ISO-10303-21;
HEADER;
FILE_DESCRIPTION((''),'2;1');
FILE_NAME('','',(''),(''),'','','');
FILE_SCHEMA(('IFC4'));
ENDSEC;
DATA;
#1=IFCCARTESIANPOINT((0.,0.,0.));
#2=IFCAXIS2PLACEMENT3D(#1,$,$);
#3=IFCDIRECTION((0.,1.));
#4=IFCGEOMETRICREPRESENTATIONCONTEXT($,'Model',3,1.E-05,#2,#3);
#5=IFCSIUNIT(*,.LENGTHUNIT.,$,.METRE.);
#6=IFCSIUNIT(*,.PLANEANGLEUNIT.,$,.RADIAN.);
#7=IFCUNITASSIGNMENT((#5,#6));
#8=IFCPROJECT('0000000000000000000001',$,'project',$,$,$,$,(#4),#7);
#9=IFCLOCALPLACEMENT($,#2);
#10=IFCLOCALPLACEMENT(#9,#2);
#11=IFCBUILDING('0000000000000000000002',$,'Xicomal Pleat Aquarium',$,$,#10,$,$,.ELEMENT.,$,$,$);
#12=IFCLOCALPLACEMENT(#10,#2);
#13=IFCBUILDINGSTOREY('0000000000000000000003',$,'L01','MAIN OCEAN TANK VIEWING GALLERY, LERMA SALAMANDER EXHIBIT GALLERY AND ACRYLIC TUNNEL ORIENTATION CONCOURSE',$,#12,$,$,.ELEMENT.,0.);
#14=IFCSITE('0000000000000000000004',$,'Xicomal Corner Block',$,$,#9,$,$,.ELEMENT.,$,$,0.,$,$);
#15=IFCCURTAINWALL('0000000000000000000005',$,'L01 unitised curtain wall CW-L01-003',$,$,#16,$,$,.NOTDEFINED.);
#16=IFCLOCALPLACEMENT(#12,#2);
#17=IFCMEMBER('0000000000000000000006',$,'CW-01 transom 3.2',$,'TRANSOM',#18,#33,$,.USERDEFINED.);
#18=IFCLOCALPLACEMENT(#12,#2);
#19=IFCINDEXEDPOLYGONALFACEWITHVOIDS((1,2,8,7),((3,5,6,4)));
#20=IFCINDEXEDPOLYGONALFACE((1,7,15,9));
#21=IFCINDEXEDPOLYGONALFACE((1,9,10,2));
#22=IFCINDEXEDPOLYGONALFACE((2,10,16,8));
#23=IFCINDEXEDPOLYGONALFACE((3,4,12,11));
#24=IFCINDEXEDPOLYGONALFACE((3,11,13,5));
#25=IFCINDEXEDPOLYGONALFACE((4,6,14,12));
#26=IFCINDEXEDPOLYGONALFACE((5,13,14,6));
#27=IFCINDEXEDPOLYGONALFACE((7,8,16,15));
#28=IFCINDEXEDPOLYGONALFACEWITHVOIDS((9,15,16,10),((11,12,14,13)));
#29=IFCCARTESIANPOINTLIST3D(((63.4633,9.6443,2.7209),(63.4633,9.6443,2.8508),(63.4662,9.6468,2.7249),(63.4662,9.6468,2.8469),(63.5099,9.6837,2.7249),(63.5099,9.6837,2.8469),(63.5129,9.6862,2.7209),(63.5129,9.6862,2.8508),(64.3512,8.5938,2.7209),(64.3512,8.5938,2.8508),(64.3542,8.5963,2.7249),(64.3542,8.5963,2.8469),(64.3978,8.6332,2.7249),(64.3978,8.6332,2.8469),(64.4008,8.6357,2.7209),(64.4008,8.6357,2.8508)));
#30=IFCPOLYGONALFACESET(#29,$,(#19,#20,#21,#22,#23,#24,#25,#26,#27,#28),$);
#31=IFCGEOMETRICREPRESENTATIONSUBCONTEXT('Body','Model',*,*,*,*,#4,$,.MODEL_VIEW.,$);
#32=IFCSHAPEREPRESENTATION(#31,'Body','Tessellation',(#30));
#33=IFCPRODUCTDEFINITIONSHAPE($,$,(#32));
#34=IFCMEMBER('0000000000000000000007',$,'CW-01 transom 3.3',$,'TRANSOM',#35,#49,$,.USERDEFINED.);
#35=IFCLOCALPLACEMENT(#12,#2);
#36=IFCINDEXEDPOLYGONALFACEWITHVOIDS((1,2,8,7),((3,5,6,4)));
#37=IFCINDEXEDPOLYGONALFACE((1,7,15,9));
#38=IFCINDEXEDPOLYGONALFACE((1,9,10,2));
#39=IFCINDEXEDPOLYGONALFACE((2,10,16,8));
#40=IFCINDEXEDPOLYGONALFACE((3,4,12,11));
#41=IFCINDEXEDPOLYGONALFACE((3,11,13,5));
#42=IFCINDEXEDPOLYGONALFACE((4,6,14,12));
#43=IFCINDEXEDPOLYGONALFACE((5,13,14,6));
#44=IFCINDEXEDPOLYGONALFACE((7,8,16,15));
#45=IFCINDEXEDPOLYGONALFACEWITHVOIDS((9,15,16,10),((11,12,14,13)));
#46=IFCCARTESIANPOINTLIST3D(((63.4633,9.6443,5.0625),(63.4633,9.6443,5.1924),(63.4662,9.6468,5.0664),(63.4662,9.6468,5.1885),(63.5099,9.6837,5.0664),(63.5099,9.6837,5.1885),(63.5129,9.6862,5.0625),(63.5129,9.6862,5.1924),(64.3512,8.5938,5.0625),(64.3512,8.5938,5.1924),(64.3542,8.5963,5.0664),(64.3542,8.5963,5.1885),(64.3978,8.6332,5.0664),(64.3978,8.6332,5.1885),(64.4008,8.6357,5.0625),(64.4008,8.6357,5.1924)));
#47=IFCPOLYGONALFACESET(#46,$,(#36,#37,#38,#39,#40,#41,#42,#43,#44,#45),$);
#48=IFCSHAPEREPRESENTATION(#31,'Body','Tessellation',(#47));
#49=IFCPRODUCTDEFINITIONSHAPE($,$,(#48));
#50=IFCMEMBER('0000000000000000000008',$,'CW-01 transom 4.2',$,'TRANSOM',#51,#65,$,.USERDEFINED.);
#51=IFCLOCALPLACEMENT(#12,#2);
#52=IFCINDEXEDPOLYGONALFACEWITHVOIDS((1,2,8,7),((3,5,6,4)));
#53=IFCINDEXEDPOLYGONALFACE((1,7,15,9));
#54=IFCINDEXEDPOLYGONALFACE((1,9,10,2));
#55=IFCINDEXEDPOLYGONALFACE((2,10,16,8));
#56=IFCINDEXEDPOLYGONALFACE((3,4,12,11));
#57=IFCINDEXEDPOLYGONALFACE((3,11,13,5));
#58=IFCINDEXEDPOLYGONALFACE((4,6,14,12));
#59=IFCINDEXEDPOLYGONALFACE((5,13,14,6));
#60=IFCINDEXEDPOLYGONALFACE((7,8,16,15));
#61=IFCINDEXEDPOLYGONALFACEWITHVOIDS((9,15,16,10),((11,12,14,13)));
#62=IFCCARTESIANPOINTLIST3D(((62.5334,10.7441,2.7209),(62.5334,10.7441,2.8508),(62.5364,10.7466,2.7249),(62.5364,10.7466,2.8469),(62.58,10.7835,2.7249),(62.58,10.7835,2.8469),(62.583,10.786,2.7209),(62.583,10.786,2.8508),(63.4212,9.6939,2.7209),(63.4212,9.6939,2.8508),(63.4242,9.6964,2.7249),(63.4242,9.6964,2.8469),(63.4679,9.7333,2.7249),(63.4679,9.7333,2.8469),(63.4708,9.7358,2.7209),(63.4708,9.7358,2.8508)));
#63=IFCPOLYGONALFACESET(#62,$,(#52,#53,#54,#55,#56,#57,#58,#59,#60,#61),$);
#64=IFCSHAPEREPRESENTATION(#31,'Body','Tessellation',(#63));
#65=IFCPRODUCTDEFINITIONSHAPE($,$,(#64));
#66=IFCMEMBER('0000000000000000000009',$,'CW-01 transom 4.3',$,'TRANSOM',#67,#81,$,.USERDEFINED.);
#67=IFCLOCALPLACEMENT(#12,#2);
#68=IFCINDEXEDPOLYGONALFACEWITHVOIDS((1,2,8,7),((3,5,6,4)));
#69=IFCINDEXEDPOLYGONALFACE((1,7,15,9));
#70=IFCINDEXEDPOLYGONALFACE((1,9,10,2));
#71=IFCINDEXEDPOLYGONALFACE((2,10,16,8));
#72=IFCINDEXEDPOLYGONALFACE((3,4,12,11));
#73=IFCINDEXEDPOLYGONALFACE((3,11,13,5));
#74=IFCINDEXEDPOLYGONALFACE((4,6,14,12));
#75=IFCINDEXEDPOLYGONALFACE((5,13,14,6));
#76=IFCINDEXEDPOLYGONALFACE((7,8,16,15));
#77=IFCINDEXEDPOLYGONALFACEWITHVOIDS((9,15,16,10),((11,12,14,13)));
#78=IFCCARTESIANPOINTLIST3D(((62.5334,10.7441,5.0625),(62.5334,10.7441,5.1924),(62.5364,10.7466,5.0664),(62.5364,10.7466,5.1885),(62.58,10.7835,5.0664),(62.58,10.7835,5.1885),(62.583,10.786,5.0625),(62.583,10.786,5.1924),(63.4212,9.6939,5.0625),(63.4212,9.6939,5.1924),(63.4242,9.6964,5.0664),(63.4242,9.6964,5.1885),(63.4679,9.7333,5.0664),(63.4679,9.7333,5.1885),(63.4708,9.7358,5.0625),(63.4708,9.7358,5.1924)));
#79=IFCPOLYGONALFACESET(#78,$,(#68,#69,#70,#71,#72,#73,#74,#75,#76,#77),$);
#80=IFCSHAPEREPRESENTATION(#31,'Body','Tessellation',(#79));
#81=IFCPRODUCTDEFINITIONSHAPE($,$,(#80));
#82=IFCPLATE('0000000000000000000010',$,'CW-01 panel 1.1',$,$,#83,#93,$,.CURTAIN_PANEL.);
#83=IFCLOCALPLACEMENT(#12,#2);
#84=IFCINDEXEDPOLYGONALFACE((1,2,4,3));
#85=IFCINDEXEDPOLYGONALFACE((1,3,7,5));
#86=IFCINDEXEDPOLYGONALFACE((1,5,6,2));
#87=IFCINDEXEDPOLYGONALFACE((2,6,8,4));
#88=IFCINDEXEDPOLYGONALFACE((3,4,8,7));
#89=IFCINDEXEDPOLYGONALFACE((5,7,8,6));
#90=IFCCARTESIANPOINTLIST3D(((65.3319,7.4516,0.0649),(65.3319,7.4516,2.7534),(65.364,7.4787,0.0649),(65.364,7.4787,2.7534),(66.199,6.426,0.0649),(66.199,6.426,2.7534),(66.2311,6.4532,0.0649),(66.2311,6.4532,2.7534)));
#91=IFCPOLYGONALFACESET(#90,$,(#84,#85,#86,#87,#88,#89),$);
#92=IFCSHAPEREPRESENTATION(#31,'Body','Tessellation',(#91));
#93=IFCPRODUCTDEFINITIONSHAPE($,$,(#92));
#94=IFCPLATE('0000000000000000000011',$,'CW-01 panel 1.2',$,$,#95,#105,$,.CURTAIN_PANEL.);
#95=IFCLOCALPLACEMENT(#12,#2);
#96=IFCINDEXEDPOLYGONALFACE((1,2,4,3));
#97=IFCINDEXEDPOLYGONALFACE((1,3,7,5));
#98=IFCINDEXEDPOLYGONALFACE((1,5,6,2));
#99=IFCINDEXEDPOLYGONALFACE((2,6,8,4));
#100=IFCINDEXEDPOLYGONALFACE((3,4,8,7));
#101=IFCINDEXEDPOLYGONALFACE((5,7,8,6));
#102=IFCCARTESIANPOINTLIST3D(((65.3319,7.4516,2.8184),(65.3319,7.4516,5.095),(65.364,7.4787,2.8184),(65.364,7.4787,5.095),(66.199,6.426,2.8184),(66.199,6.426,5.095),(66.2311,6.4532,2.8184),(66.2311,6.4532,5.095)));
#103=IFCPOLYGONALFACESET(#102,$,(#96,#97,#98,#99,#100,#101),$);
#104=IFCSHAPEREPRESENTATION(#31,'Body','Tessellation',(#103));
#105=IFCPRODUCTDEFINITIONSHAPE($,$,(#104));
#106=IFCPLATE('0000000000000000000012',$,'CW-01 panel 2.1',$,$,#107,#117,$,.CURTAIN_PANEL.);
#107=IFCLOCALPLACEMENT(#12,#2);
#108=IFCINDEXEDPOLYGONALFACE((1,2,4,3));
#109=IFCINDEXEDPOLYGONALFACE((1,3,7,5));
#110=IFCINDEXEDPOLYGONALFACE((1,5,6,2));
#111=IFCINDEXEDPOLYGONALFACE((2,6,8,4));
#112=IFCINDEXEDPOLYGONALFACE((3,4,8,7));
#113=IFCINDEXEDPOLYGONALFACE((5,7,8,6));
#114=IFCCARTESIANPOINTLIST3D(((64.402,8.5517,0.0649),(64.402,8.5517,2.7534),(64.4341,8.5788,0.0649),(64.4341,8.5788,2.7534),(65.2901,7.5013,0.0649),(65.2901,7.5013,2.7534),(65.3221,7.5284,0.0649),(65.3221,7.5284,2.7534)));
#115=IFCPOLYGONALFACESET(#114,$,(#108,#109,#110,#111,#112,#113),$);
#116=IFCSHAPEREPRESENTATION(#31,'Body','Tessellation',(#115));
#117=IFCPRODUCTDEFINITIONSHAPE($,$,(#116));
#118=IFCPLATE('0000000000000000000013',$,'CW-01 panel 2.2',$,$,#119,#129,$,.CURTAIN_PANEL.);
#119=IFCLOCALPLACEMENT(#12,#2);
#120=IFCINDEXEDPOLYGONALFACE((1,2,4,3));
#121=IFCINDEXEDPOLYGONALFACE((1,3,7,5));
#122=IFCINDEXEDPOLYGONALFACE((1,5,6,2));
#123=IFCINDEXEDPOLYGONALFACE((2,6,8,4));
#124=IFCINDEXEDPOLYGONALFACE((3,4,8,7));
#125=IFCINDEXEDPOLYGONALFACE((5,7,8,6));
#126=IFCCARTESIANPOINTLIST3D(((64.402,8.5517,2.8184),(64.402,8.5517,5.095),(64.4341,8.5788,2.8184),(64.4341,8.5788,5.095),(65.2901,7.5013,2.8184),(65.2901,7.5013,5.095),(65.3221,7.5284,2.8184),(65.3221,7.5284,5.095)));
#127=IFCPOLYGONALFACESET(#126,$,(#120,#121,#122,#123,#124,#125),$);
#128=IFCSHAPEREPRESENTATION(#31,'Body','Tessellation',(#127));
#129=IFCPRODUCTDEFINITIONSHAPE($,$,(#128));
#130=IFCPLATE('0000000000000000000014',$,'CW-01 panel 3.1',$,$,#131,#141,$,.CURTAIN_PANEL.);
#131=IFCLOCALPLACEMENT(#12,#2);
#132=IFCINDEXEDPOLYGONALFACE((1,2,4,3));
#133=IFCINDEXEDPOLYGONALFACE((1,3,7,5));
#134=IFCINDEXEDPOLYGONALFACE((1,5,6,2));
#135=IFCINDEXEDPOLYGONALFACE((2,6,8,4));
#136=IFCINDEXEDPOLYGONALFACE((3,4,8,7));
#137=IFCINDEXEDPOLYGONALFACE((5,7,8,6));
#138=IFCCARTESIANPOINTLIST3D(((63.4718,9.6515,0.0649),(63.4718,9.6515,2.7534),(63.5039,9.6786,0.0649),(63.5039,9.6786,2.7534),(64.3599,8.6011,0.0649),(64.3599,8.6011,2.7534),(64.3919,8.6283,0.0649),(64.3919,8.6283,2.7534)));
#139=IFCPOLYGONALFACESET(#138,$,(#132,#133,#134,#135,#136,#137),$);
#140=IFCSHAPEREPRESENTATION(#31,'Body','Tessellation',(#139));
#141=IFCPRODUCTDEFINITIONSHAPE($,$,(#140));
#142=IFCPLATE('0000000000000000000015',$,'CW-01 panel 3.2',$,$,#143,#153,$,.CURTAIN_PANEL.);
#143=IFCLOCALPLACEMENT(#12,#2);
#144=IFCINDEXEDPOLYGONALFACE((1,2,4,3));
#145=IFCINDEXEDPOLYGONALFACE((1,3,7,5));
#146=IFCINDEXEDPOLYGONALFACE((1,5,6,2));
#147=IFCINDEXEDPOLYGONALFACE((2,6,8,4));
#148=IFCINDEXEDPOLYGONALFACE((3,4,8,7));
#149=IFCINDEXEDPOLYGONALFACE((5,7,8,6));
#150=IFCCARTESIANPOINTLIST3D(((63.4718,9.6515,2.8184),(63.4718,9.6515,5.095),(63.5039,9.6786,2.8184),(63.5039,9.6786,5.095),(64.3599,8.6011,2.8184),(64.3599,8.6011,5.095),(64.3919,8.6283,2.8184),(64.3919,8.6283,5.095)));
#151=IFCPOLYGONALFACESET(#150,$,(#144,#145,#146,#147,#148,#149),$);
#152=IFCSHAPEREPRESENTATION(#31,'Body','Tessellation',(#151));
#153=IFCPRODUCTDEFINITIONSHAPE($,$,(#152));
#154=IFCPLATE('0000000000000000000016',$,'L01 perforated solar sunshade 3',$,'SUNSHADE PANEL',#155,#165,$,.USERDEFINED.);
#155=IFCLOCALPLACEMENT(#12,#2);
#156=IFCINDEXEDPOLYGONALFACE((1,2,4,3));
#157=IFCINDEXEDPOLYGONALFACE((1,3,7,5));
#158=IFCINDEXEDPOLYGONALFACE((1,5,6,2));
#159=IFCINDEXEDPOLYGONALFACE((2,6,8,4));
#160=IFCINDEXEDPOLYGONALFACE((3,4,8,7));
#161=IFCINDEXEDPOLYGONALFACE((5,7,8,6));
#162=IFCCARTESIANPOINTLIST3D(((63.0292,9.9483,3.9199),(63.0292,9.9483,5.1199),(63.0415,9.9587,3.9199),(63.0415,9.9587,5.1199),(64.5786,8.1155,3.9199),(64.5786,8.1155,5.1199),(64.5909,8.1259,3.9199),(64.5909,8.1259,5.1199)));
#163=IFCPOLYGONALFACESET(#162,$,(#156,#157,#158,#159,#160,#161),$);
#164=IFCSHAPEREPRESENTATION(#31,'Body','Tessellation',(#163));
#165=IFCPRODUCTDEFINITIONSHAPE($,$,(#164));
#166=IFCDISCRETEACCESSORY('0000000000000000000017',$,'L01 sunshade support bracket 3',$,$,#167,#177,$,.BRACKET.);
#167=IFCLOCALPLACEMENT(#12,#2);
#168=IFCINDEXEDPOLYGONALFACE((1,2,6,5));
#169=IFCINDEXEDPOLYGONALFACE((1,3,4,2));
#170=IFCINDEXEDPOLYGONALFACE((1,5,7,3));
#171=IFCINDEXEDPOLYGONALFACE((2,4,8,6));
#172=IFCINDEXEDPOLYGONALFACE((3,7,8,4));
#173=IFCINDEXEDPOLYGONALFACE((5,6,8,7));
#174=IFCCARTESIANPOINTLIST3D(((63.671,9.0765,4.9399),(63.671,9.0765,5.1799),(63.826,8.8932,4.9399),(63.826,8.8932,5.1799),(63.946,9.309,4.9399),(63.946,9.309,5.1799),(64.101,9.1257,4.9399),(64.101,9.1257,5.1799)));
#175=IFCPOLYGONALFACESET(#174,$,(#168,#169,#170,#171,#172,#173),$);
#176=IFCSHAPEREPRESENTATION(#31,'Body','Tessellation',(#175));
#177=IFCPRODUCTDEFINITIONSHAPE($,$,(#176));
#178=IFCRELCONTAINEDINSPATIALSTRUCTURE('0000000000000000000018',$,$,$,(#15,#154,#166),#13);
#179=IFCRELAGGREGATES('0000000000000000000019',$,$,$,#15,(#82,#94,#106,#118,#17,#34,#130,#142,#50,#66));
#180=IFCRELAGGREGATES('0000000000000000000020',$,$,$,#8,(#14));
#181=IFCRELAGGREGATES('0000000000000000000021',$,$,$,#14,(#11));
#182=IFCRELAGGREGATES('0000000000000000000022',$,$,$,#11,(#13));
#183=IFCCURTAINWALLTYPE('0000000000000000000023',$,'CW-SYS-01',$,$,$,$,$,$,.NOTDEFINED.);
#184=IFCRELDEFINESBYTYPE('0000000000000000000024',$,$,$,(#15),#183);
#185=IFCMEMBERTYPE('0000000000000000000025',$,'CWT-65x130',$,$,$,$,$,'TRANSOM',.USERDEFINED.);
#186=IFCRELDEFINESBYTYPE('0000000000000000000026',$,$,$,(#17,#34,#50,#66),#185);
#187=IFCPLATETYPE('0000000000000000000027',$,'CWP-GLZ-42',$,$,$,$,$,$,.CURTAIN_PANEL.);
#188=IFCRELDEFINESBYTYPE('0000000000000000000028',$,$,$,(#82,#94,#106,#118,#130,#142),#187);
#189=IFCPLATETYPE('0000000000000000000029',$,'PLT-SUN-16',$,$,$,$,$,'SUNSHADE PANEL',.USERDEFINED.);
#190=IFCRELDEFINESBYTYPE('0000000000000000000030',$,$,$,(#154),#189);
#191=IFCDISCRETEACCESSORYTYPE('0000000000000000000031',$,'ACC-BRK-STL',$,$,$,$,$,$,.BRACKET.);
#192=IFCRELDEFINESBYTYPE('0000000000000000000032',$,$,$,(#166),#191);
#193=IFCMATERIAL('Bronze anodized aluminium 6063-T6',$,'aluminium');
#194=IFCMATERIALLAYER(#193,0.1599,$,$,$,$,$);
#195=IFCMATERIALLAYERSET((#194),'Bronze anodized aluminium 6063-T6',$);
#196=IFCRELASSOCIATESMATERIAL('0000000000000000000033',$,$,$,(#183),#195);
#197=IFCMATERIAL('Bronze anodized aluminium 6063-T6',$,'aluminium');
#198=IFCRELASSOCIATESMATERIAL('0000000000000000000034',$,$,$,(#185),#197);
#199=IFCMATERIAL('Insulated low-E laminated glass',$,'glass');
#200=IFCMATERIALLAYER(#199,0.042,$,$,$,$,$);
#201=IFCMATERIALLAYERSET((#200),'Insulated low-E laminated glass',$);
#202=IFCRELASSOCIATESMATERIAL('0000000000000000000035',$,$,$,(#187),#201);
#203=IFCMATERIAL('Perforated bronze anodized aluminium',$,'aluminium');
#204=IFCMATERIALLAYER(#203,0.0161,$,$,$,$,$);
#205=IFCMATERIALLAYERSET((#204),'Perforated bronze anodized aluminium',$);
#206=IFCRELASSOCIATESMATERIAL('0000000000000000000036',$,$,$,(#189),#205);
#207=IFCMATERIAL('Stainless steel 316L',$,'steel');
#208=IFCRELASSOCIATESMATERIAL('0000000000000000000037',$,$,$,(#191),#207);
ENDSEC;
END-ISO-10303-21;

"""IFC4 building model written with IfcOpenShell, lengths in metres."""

from ifc_helpers import new_model, si_unit, direction, frame, origin, origin_2d, place, context, subcontext, project, spatial, rectangle, hollow_rectangle, extrude, material, layer, layer_set, material_profile, profile_set, type_object, element, aggregate, save


model = new_model("IFC4")

# Units and contexts
model_context = context("Model", 3, precision=1e-05, world=origin(), true_north=direction((0.0, 1.0)))
body_context = subcontext(model_context, "Body", "Model", "MODEL_VIEW")
ifc_project = project(units=[si_unit("LENGTHUNIT", "METRE"), si_unit("PLANEANGLEUNIT", "RADIAN")], contexts=[model_context])

# Site, building, storey
site_placement = place(None, origin())
site = spatial("IfcSite", under=ifc_project, at=site_placement, Name="Xicomal Corner Block", CompositionType="ELEMENT", RefElevation=0.0)
building_placement = place(site_placement, origin())
building = spatial("IfcBuilding", under=site, at=building_placement, Name="Xicomal Pleat Aquarium", CompositionType="ELEMENT")
storey_placement = place(building_placement, origin())
storey = spatial("IfcBuildingStorey", under=building, at=storey_placement, Name="L01", Description="MAIN OCEAN TANK VIEWING GALLERY, LERMA SALAMANDER EXHIBIT GALLERY AND ACRYLIC TUNNEL ORIENTATION CONCOURSE", CompositionType="ELEMENT", Elevation=0.0)

# Curtain wall, members, plates
ifc_material_1 = material(Name="Bronze anodized aluminium 6063-T6", Category="aluminium")
ifc_layer_1 = layer(ifc_material_1, 0.1599)
ifc_layer_set_1 = layer_set([ifc_layer_1], Name="Bronze anodized aluminium 6063-T6")
curtain_wall_type = type_object("IfcCurtainWallType", Name="CW-SYS-01", PredefinedType="NOTDEFINED", material=ifc_layer_set_1)
curtain_wall_placement = place(storey_placement, origin())
curtain_wall = element("IfcCurtainWall", 1, at=curtain_wall_placement, inside=storey, type_object=curtain_wall_type, Name="L01 unitised curtain wall CW-L01-003", PredefinedType="NOTDEFINED")
ifc_material_2 = material(Name="Bronze anodized aluminium 6063-T6", Category="aluminium")
ifc_material_profile_1 = material_profile(ifc_material_2, hollow_rectangle(XDim=0.0649, YDim=0.1299, WallThickness=0.0039, at=origin_2d()), Name="ALU TRAN 65x130")
ifc_profile_set_1 = profile_set([ifc_material_profile_1], Name="Bronze anodized aluminium 6063-T6")
member_type_1 = type_object("IfcMemberType", Name="CWT-65x130", ElementType="TRANSOM", PredefinedType="USERDEFINED", material=ifc_profile_set_1)
member_1_placement = place(storey_placement, frame((64.376, 8.6147, 2.7859), z_axis=(-0.645528, 0.763736, 0.0), x_axis=(-0.763736, -0.645528, 0.0)))
member_1 = element("IfcMember", 2, at=member_1_placement, type_object=member_type_1, Name="CW-01 transom 3.2", ObjectType="TRANSOM", PredefinedType="USERDEFINED", context=body_context, shape_type="SweptSolid", body=[
    extrude(hollow_rectangle(XDim=0.0649, YDim=0.1299, WallThickness=0.0039, at=origin_2d()), origin(), (0.0, 0.0, 1.0), 1.3755),
])
member_2_placement = place(storey_placement, frame((64.376, 8.6147, 5.1274), z_axis=(-0.645528, 0.763736, 0.0), x_axis=(-0.763736, -0.645528, 0.0)))
member_2 = element("IfcMember", 3, at=member_2_placement, type_object=member_type_1, Name="CW-01 transom 3.3", ObjectType="TRANSOM", PredefinedType="USERDEFINED", context=body_context, shape_type="SweptSolid", body=[
    extrude(hollow_rectangle(XDim=0.0649, YDim=0.1299, WallThickness=0.0039, at=origin_2d()), origin(), (0.0, 0.0, 1.0), 1.3755),
])
member_3_placement = place(storey_placement, frame((63.446, 9.7148, 2.7859), z_axis=(-0.645616, 0.763662, 0.0), x_axis=(-0.763662, -0.645616, 0.0)))
member_3 = element("IfcMember", 4, at=member_3_placement, type_object=member_type_1, Name="CW-01 transom 4.2", ObjectType="TRANSOM", PredefinedType="USERDEFINED", context=body_context, shape_type="SweptSolid", body=[
    extrude(hollow_rectangle(XDim=0.0649, YDim=0.1299, WallThickness=0.0039, at=origin_2d()), origin(), (0.0, 0.0, 1.0), 1.3752),
])
member_4_placement = place(storey_placement, frame((63.446, 9.7148, 5.1274), z_axis=(-0.645616, 0.763662, 0.0), x_axis=(-0.763662, -0.645616, 0.0)))
member_4 = element("IfcMember", 5, at=member_4_placement, type_object=member_type_1, Name="CW-01 transom 4.3", ObjectType="TRANSOM", PredefinedType="USERDEFINED", context=body_context, shape_type="SweptSolid", body=[
    extrude(hollow_rectangle(XDim=0.0649, YDim=0.1299, WallThickness=0.0039, at=origin_2d()), origin(), (0.0, 0.0, 1.0), 1.3752),
])
ifc_material_3 = material(Name="Insulated low-E laminated glass", Category="glass")
ifc_layer_2 = layer(ifc_material_3, 0.042)
ifc_layer_set_2 = layer_set([ifc_layer_2], Name="Insulated low-E laminated glass")
plate_type_1 = type_object("IfcPlateType", Name="CWP-GLZ-42", PredefinedType="CURTAIN_PANEL", material=ifc_layer_set_2)
plate_1_placement = place(storey_placement, frame((65.7815, 6.9524, 0.0649), z_axis=(0.0, 0.0, 1.0), x_axis=(-0.645631, 0.76365, 0.0)))
plate_1 = element("IfcPlate", 6, at=plate_1_placement, type_object=plate_type_1, Name="CW-01 panel 1.1", PredefinedType="CURTAIN_PANEL", context=body_context, shape_type="SweptSolid", body=[
    extrude(rectangle(XDim=1.343, YDim=0.042, at=origin_2d()), origin(), (0.0, 0.0, 1.0), 2.6885),
])
plate_2_placement = place(storey_placement, frame((65.7815, 6.9524, 2.8184), z_axis=(0.0, 0.0, 1.0), x_axis=(-0.645631, 0.76365, 0.0)))
plate_2 = element("IfcPlate", 7, at=plate_2_placement, type_object=plate_type_1, Name="CW-01 panel 1.2", PredefinedType="CURTAIN_PANEL", context=body_context, shape_type="SweptSolid", body=[
    extrude(rectangle(XDim=1.343, YDim=0.042, at=origin_2d()), origin(), (0.0, 0.0, 1.0), 2.2766),
])
plate_3_placement = place(storey_placement, frame((64.8621, 8.04, 0.0649), z_axis=(0.0, 0.0, 1.0), x_axis=(-0.645631, 0.76365, 0.0)))
plate_3 = element("IfcPlate", 8, at=plate_3_placement, type_object=plate_type_1, Name="CW-01 panel 2.1", PredefinedType="CURTAIN_PANEL", context=body_context, shape_type="SweptSolid", body=[
    extrude(rectangle(XDim=1.3755, YDim=0.042, at=origin_2d()), origin(), (0.0, 0.0, 1.0), 2.6885),
])
plate_4_placement = place(storey_placement, frame((64.8621, 8.04, 2.8184), z_axis=(0.0, 0.0, 1.0), x_axis=(-0.645631, 0.76365, 0.0)))
plate_4 = element("IfcPlate", 9, at=plate_4_placement, type_object=plate_type_1, Name="CW-01 panel 2.2", PredefinedType="CURTAIN_PANEL", context=body_context, shape_type="SweptSolid", body=[
    extrude(rectangle(XDim=1.3755, YDim=0.042, at=origin_2d()), origin(), (0.0, 0.0, 1.0), 2.2766),
])
plate_5_placement = place(storey_placement, frame((63.9319, 9.1399, 0.0649), z_axis=(0.0, 0.0, 1.0), x_axis=(-0.645631, 0.76365, 0.0)))
plate_5 = element("IfcPlate", 10, at=plate_5_placement, type_object=plate_type_1, Name="CW-01 panel 3.1", PredefinedType="CURTAIN_PANEL", context=body_context, shape_type="SweptSolid", body=[
    extrude(rectangle(XDim=1.3755, YDim=0.042, at=origin_2d()), origin(), (0.0, 0.0, 1.0), 2.6885),
])
plate_6_placement = place(storey_placement, frame((63.9319, 9.1399, 2.8184), z_axis=(0.0, 0.0, 1.0), x_axis=(-0.645631, 0.76365, 0.0)))
plate_6 = element("IfcPlate", 11, at=plate_6_placement, type_object=plate_type_1, Name="CW-01 panel 3.2", PredefinedType="CURTAIN_PANEL", context=body_context, shape_type="SweptSolid", body=[
    extrude(rectangle(XDim=1.3755, YDim=0.042, at=origin_2d()), origin(), (0.0, 0.0, 1.0), 2.2766),
])
aggregate(curtain_wall, [plate_1, plate_2, plate_3, plate_4, member_1, member_2, plate_5, plate_6, member_3, member_4])

# Plate
ifc_material_4 = material(Name="Perforated bronze anodized aluminium", Category="aluminium")
ifc_layer_3 = layer(ifc_material_4, 0.0161)
ifc_layer_set_3 = layer_set([ifc_layer_3], Name="Perforated bronze anodized aluminium")
plate_type_2 = type_object("IfcPlateType", Name="PLT-SUN-16", ElementType="SUNSHADE PANEL", PredefinedType="USERDEFINED", material=ifc_layer_set_3)
plate_7_placement = place(storey_placement, frame((63.8101, 9.0371, 3.9199), z_axis=(0.0, 0.0, 1.0), x_axis=(-0.645591, 0.763683, 0.0)))
element("IfcPlate", 12, at=plate_7_placement, inside=storey, type_object=plate_type_2, Name="L01 perforated solar sunshade 3", ObjectType="SUNSHADE PANEL", PredefinedType="USERDEFINED", context=body_context, shape_type="SweptSolid", body=[
    extrude(rectangle(XDim=2.3999, YDim=0.0161, at=origin_2d()), origin(), (0.0, 0.0, 1.0), 1.2),
])

# Discrete accessory
ifc_material_5 = material(Name="Stainless steel 316L", Category="steel")
discrete_accessory_type = type_object("IfcDiscreteAccessoryType", Name="ACC-BRK-STL", PredefinedType="BRACKET", material=ifc_material_5)
discrete_accessory_placement = place(storey_placement, frame((63.886, 9.1011, 4.9399), z_axis=(0.0, 0.0, 1.0), x_axis=(-0.645591, 0.763683, 0.0)))
element("IfcDiscreteAccessory", 13, at=discrete_accessory_placement, inside=storey, type_object=discrete_accessory_type, Name="L01 sunshade support bracket 3", PredefinedType="BRACKET", context=body_context, shape_type="SweptSolid", body=[
    extrude(rectangle(XDim=0.24, YDim=0.3601, at=origin_2d()), origin(), (0.0, 0.0, 1.0), 0.24),
])

save(model, "model.ifc")
